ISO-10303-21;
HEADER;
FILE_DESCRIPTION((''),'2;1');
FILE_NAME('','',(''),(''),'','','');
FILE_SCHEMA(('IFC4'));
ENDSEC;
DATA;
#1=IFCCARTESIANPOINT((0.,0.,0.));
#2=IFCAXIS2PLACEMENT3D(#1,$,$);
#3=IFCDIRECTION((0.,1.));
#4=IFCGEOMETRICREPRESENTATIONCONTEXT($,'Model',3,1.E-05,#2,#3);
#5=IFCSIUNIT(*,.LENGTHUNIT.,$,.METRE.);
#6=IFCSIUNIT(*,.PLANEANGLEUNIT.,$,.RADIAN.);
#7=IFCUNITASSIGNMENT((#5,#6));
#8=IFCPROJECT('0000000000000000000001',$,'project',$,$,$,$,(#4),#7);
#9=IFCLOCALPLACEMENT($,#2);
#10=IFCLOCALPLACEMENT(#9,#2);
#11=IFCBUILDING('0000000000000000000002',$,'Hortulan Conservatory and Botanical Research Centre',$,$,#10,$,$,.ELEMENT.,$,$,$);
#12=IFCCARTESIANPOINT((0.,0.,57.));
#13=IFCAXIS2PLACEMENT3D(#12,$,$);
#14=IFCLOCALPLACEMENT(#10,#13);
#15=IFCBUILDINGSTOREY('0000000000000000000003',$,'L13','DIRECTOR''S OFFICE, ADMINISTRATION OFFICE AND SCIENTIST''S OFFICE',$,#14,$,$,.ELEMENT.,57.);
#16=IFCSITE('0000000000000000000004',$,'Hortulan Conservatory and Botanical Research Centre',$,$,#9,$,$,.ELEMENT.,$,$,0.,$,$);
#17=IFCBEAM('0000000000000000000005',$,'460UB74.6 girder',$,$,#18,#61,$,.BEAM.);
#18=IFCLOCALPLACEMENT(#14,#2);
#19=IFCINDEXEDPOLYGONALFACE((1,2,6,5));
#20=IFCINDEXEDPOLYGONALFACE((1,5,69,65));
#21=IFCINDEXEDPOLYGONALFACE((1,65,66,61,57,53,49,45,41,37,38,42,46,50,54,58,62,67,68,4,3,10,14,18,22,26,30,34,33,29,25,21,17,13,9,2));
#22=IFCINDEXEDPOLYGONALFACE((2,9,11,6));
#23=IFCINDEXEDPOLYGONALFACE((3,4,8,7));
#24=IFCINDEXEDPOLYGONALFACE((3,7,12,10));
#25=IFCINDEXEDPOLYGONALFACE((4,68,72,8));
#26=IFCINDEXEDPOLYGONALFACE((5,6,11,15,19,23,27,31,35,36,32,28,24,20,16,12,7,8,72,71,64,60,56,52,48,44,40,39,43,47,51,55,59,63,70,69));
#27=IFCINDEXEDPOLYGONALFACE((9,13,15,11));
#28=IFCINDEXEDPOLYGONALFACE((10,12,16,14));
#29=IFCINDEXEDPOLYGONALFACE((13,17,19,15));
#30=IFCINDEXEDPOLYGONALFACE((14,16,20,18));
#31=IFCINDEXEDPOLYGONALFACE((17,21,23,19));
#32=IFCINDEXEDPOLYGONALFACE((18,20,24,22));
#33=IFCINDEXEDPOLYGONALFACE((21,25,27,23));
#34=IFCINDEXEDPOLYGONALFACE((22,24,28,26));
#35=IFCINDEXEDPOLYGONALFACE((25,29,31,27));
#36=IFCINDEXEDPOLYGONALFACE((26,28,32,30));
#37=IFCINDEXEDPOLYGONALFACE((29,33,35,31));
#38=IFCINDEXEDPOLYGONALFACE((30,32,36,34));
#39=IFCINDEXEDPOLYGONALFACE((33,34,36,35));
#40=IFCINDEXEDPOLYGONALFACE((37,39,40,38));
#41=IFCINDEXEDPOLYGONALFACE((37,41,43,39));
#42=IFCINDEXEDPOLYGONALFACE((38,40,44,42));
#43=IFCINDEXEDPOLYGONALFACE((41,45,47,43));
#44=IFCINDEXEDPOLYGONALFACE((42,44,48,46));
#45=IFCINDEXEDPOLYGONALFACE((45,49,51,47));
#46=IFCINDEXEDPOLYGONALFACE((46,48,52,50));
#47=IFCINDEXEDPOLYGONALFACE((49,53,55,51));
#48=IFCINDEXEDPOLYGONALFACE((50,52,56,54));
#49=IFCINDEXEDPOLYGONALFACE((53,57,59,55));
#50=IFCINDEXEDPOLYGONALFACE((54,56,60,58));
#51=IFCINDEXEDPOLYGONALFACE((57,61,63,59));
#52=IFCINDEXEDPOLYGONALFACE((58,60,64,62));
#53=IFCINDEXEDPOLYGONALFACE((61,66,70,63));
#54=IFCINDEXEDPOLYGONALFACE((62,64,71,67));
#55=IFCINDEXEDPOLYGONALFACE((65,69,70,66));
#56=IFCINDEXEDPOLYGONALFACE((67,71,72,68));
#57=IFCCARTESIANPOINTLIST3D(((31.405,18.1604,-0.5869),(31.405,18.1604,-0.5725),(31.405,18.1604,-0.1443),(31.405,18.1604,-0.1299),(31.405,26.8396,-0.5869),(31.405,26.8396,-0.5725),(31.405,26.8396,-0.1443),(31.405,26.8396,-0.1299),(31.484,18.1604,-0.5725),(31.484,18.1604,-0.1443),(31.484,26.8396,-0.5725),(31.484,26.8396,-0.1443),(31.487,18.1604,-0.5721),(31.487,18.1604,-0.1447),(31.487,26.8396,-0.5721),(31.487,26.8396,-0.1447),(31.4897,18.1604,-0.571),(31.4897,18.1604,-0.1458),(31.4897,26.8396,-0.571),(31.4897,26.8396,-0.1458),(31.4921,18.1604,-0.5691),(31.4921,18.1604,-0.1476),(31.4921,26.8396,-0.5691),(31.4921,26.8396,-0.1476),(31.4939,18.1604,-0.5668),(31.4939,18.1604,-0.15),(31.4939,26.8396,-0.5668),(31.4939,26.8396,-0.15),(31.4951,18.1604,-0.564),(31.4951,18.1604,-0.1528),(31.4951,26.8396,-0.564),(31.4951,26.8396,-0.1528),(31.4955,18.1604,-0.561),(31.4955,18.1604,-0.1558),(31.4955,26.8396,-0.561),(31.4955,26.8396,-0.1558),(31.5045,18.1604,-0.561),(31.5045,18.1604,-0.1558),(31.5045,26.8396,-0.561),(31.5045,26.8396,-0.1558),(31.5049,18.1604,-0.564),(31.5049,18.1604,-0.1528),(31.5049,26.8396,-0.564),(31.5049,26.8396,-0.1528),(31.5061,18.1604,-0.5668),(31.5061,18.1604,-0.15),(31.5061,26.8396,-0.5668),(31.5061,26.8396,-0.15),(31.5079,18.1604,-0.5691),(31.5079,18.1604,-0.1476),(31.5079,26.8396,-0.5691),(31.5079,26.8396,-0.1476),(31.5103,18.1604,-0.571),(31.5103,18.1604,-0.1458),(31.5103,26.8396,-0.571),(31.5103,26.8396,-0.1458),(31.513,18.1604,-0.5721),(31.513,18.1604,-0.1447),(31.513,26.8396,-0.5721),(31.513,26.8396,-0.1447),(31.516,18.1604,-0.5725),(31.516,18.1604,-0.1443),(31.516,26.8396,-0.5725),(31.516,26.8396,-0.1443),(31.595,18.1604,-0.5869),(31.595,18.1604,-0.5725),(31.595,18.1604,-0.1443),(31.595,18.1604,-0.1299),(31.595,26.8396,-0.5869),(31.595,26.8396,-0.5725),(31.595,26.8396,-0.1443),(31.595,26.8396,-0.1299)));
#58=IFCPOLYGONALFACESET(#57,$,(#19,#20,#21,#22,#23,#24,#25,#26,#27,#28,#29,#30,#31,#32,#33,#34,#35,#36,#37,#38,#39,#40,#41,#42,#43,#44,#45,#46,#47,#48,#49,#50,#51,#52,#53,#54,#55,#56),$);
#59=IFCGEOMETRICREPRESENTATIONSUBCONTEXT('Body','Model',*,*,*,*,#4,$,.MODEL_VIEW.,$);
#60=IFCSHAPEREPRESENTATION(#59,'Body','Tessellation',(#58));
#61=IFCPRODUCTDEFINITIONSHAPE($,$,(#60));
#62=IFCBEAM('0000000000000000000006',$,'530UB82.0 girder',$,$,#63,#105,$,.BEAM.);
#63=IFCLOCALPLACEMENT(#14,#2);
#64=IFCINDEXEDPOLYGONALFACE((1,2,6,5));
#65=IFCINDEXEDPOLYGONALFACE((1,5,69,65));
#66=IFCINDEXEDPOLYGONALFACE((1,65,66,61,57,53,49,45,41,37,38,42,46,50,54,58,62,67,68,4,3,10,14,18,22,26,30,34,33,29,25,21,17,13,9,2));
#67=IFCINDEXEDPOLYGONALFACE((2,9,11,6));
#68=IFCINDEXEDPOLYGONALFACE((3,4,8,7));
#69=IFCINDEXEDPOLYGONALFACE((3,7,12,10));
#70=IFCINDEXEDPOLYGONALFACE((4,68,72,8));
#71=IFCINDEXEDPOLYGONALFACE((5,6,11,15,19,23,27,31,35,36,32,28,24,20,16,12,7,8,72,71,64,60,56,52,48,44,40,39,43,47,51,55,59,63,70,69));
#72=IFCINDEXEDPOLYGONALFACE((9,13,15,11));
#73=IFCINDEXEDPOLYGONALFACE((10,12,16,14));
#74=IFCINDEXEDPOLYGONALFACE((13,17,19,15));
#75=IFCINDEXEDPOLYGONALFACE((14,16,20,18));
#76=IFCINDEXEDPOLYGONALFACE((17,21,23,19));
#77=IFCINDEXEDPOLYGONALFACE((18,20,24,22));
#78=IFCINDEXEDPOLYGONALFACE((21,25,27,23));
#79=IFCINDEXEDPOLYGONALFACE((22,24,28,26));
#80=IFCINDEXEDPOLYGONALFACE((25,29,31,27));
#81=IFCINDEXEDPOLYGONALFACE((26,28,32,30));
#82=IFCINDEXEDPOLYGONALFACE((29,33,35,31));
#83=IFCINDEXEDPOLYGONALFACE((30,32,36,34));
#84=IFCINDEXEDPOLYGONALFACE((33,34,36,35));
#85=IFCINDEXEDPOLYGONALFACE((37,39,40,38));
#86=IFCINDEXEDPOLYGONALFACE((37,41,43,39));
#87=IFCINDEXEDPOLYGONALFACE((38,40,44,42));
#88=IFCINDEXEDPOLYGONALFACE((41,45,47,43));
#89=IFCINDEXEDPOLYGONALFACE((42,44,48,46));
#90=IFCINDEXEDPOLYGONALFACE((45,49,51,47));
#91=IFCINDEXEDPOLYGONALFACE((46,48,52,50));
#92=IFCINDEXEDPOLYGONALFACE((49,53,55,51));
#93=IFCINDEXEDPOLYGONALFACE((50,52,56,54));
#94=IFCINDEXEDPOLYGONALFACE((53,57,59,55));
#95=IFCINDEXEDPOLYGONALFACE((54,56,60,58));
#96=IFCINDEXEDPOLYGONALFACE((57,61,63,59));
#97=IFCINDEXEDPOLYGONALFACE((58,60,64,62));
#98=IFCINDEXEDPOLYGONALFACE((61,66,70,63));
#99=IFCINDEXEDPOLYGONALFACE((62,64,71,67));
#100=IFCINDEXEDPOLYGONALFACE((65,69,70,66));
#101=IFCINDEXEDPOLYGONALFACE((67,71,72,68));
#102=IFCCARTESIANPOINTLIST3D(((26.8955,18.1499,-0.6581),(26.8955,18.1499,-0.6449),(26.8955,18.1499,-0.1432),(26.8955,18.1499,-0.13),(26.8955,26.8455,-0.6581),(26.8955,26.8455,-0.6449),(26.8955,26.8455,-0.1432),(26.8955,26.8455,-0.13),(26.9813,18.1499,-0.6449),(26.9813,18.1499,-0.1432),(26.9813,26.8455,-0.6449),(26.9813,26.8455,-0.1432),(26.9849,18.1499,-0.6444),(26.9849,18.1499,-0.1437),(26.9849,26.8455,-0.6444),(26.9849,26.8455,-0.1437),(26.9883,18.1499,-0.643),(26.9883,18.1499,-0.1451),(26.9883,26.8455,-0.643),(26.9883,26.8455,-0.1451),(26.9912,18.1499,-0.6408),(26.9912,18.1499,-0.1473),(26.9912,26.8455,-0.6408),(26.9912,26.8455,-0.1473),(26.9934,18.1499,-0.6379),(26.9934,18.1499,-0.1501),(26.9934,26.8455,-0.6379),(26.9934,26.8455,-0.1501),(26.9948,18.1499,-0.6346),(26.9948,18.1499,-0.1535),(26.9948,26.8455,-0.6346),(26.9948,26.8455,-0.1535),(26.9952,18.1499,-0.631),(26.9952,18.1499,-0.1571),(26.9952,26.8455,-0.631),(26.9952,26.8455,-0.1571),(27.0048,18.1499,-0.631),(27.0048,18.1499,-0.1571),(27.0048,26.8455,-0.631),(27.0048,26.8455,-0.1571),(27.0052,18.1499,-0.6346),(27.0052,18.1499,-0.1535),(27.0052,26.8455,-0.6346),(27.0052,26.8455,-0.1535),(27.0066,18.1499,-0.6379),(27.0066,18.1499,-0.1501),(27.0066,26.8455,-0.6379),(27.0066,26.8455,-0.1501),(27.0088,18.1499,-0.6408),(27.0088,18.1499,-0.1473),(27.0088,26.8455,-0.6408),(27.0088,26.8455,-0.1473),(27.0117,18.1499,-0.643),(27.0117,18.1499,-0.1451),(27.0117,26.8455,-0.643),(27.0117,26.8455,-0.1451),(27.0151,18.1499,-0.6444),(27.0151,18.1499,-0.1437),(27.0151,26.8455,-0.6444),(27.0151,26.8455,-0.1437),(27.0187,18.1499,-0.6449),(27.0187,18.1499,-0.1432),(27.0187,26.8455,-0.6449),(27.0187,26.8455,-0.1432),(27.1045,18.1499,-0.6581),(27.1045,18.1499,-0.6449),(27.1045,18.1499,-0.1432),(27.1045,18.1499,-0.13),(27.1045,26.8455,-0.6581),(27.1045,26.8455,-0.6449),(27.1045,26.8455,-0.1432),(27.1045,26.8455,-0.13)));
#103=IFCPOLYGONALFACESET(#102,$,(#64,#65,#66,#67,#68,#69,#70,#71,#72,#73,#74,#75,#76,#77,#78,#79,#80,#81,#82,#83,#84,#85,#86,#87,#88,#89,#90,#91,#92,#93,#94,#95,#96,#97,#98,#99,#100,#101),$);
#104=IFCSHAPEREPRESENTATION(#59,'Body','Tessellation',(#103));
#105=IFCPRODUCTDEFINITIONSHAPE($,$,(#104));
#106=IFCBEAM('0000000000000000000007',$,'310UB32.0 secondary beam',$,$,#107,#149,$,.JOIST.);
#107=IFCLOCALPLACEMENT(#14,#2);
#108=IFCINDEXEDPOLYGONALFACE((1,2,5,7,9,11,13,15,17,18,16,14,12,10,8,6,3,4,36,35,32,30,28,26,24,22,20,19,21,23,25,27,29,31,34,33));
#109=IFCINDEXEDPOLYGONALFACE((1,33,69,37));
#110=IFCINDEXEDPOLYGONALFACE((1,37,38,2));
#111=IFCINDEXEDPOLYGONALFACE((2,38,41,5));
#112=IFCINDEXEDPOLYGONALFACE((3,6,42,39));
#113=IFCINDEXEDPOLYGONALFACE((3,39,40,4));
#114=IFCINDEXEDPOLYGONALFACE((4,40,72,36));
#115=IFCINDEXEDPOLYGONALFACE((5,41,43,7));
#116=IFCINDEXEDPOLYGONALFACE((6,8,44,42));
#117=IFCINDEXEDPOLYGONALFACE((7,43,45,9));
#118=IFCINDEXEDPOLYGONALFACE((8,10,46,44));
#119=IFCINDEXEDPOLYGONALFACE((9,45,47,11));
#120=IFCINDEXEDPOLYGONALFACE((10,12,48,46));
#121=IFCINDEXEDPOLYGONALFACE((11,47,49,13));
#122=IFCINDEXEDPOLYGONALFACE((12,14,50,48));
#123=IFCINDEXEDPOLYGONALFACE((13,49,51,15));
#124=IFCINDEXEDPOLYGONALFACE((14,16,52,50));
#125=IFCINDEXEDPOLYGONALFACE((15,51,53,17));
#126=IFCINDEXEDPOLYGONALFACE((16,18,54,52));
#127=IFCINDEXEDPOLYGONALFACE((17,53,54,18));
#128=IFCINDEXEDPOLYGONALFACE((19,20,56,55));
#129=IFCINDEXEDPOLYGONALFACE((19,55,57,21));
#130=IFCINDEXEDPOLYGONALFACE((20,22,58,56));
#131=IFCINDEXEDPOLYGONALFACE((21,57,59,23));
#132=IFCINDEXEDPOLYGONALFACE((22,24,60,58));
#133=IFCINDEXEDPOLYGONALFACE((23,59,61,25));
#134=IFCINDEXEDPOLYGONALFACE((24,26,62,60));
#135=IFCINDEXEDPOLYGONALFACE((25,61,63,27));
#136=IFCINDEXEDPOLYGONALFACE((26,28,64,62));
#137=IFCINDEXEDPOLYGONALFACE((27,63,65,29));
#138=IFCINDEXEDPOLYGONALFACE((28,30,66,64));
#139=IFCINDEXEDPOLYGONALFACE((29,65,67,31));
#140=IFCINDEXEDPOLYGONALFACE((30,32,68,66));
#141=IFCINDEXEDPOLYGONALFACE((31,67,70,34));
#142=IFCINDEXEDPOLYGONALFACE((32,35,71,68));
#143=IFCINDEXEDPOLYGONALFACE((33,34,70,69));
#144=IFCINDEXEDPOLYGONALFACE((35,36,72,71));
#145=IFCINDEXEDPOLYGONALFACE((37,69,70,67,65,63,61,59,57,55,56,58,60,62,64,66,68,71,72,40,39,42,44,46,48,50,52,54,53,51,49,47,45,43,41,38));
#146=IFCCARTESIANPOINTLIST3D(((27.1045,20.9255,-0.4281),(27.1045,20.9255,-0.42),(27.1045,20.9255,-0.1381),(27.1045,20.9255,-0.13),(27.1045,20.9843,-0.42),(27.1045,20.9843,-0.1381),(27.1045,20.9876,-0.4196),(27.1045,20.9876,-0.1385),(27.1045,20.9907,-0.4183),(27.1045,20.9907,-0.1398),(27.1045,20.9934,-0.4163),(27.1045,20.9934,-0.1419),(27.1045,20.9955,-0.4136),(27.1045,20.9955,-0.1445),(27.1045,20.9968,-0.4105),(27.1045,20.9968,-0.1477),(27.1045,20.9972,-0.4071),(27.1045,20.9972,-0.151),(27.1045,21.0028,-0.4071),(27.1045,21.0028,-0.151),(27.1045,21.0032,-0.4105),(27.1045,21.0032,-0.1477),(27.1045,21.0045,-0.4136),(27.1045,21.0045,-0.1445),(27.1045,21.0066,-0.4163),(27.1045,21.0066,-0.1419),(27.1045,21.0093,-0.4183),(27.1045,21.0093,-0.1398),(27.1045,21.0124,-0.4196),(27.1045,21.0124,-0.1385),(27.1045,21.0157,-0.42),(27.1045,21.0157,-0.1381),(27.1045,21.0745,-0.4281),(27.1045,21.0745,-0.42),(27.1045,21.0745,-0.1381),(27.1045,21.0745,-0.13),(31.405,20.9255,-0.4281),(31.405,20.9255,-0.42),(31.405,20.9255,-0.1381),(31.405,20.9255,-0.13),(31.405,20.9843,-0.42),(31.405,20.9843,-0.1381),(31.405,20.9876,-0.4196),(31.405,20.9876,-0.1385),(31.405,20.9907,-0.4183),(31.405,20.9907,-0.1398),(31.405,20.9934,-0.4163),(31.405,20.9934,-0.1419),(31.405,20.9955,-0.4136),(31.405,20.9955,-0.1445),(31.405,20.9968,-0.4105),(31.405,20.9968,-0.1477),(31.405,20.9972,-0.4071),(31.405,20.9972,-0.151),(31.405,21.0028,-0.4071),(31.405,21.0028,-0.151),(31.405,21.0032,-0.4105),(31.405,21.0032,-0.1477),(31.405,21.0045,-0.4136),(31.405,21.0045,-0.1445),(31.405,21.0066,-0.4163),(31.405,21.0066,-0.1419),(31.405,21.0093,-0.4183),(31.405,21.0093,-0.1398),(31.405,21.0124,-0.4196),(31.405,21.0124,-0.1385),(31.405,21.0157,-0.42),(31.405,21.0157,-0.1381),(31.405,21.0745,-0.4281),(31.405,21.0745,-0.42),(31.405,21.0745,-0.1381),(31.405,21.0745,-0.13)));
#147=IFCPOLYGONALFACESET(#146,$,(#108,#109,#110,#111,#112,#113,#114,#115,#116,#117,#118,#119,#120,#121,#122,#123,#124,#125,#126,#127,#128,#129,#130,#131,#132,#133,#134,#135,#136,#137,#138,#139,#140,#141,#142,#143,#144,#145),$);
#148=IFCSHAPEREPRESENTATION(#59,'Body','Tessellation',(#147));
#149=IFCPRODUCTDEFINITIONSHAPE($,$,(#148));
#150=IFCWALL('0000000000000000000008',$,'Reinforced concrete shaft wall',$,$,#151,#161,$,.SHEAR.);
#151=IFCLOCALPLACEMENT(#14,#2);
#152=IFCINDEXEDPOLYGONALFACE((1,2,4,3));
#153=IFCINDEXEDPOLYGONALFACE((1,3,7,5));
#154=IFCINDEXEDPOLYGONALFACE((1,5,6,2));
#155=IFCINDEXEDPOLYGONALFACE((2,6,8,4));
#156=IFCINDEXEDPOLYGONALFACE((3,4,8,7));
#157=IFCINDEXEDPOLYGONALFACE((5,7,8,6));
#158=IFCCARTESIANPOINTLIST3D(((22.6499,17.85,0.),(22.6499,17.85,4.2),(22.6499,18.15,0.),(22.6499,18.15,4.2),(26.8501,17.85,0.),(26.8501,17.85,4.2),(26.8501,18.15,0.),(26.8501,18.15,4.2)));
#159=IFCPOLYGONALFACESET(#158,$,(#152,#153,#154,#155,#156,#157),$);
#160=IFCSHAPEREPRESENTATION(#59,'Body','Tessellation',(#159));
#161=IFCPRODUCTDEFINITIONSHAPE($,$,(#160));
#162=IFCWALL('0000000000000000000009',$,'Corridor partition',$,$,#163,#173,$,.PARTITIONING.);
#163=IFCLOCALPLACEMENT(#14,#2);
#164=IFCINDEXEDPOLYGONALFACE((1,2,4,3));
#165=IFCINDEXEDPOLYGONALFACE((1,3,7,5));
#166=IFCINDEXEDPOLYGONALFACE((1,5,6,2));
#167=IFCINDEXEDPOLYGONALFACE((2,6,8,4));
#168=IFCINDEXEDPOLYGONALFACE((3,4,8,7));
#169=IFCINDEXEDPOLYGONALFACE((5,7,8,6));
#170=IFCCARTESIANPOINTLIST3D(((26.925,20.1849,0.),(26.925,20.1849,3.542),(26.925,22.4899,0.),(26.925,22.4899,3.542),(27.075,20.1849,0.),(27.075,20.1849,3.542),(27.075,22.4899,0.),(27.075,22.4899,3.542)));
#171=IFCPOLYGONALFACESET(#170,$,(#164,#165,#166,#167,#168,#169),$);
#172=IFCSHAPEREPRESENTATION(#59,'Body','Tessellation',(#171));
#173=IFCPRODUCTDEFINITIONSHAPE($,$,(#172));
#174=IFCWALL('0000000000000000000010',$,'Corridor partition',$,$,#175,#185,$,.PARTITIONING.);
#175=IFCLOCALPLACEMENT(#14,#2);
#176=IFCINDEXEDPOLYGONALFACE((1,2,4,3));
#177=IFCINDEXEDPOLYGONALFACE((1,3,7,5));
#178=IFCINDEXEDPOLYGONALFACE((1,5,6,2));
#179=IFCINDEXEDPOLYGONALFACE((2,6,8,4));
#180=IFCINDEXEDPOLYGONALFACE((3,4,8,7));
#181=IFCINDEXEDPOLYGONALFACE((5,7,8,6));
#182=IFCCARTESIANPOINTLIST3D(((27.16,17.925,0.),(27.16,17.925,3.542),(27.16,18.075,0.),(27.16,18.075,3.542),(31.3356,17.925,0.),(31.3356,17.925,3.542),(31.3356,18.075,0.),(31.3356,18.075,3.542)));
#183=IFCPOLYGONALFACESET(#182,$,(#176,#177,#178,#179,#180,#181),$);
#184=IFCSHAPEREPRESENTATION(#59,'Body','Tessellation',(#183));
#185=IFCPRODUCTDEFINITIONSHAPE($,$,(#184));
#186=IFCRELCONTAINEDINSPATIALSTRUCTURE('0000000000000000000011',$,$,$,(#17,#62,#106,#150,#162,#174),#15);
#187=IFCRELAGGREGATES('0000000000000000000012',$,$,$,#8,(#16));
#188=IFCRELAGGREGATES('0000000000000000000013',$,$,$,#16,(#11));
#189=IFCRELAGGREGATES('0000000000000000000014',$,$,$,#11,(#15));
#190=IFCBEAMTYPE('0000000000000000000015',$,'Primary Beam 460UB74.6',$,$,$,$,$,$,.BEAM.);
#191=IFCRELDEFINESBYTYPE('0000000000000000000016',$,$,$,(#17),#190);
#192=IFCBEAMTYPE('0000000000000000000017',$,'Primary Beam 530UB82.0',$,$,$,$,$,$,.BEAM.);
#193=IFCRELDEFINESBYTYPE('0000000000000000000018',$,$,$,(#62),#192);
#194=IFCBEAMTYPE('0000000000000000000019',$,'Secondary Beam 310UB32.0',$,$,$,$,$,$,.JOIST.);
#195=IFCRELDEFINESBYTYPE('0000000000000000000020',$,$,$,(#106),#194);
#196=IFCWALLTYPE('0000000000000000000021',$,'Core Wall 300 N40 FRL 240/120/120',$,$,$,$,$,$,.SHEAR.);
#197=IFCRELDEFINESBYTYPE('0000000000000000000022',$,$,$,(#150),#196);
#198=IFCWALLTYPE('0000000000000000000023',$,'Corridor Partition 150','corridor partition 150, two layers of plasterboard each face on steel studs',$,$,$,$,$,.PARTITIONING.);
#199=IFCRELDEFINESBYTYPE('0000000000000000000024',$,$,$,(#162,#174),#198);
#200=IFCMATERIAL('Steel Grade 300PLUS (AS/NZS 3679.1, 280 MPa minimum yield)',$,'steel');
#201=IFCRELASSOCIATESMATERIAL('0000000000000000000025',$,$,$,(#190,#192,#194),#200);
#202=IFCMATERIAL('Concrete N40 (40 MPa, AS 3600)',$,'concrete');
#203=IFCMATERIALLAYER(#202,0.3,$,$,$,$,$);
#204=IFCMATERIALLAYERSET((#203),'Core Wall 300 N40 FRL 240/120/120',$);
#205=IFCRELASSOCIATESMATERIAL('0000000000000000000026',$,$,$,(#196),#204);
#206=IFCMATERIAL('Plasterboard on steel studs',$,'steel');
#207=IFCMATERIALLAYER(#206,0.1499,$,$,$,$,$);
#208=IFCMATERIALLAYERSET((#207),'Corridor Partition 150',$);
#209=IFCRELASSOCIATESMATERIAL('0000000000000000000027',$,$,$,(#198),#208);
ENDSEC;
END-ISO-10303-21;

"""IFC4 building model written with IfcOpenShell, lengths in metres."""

from ifc_helpers import new_model, si_unit, direction, frame, frame_2d, origin, origin_2d, place, context, subcontext, project, spatial, rectangle, i_section, extrude, material, layer, layer_set, material_profile, profile_set, type_object, element, save


model = new_model("IFC4")

# Units and contexts
model_context = context("Model", 3, precision=1e-05, world=origin(), true_north=direction((0.0, 1.0)))
body_context = subcontext(model_context, "Body", "Model", "MODEL_VIEW")
ifc_project = project(units=[si_unit("LENGTHUNIT", "METRE"), si_unit("PLANEANGLEUNIT", "RADIAN")], contexts=[model_context])

# Site, building, storey
site_placement = place(None, origin())
site = spatial("IfcSite", under=ifc_project, at=site_placement, Name="Hortulan Conservatory and Botanical Research Centre", CompositionType="ELEMENT", RefElevation=0.0)
building_placement = place(site_placement, origin())
building = spatial("IfcBuilding", under=site, at=building_placement, Name="Hortulan Conservatory and Botanical Research Centre", CompositionType="ELEMENT")
storey_placement = place(building_placement, frame((0.0, 0.0, 57.0)))
storey = spatial("IfcBuildingStorey", under=building, at=storey_placement, Name="L13", Description="DIRECTOR'S OFFICE, ADMINISTRATION OFFICE AND SCIENTIST'S OFFICE", CompositionType="ELEMENT", Elevation=57.0)

# Shared definitions
ifc_material_1 = material(Name="Steel Grade 300PLUS (AS/NZS 3679.1, 280 MPa minimum yield)", Category="steel")

# Beams
ifc_material_profile_1 = material_profile(ifc_material_1, i_section(OverallWidth=0.1899, OverallDepth=0.457, WebThickness=0.009, FlangeThickness=0.0144, FilletRadius=0.0115, at=origin_2d()), Name="460UB74.6")
ifc_profile_set_1 = profile_set([ifc_material_profile_1], Name="Steel Grade 300PLUS (AS/NZS 3679.1, 280 MPa minimum yield)")
beam_type_1 = type_object("IfcBeamType", Name="Primary Beam 460UB74.6", PredefinedType="BEAM", material=ifc_profile_set_1)
beam_1_placement = place(storey_placement, frame((31.5, 18.1604, -0.3584), z_axis=(0.0, 1.0, 0.0), x_axis=(-1.0, 0.0, 0.0)))
element("IfcBeam", 1, at=beam_1_placement, inside=storey, type_object=beam_type_1, Name="460UB74.6 girder", PredefinedType="BEAM", context=body_context, shape_type="SweptSolid", body=[
    extrude(i_section(OverallWidth=0.1899, OverallDepth=0.457, WebThickness=0.009, FlangeThickness=0.0144, FilletRadius=0.0115, at=origin_2d()), origin(), (0.0, 0.0, 1.0), 8.6792),
])
ifc_material_profile_2 = material_profile(ifc_material_1, i_section(OverallWidth=0.209, OverallDepth=0.5281, WebThickness=0.0095, FlangeThickness=0.0132, FilletRadius=0.0139, at=origin_2d()), Name="530UB82.0")
ifc_profile_set_2 = profile_set([ifc_material_profile_2], Name="Steel Grade 300PLUS (AS/NZS 3679.1, 280 MPa minimum yield)")
beam_type_2 = type_object("IfcBeamType", Name="Primary Beam 530UB82.0", PredefinedType="BEAM", material=ifc_profile_set_2)
beam_2_placement = place(storey_placement, frame((27.0, 18.1499, -0.394), z_axis=(0.0, 1.0, 0.0), x_axis=(-1.0, 0.0, 0.0)))
element("IfcBeam", 2, at=beam_2_placement, inside=storey, type_object=beam_type_2, Name="530UB82.0 girder", PredefinedType="BEAM", context=body_context, shape_type="SweptSolid", body=[
    extrude(i_section(OverallWidth=0.209, OverallDepth=0.5281, WebThickness=0.0095, FlangeThickness=0.0132, FilletRadius=0.0139, at=origin_2d()), origin(), (0.0, 0.0, 1.0), 8.6956),
])
ifc_material_profile_3 = material_profile(ifc_material_1, i_section(OverallWidth=0.1489, OverallDepth=0.2981, WebThickness=0.0056, FlangeThickness=0.0081, FilletRadius=0.0129, at=origin_2d()), Name="310UB32.0")
ifc_profile_set_3 = profile_set([ifc_material_profile_3], Name="Steel Grade 300PLUS (AS/NZS 3679.1, 280 MPa minimum yield)")
beam_type_3 = type_object("IfcBeamType", Name="Secondary Beam 310UB32.0", PredefinedType="JOIST", material=ifc_profile_set_3)
beam_3_placement = place(storey_placement, frame((27.1045, 21.0, -0.2791), z_axis=(1.0, 0.0, 0.0), x_axis=(0.0, 1.0, 0.0)))
element("IfcBeam", 3, at=beam_3_placement, inside=storey, type_object=beam_type_3, Name="310UB32.0 secondary beam", PredefinedType="JOIST", context=body_context, shape_type="SweptSolid", body=[
    extrude(i_section(OverallWidth=0.1489, OverallDepth=0.2981, WebThickness=0.0056, FlangeThickness=0.0081, FilletRadius=0.0129, at=origin_2d()), origin(), (0.0, 0.0, 1.0), 4.3005),
])

# Walls
ifc_material_2 = material(Name="Concrete N40 (40 MPa, AS 3600)", Category="concrete")
ifc_layer_1 = layer(ifc_material_2, 0.3)
ifc_layer_set_1 = layer_set([ifc_layer_1], Name="Core Wall 300 N40 FRL 240/120/120")
wall_type_1 = type_object("IfcWallType", Name="Core Wall 300 N40 FRL 240/120/120", PredefinedType="SHEAR", material=ifc_layer_set_1)
wall_1_placement = place(storey_placement, frame((22.6499, 18.0, 0.0), z_axis=(0.0, 0.0, 1.0), x_axis=(1.0, 0.0, 0.0)))
element("IfcWall", 4, at=wall_1_placement, inside=storey, type_object=wall_type_1, Name="Reinforced concrete shaft wall", PredefinedType="SHEAR", context=body_context, shape_type="SweptSolid", body=[
    extrude(rectangle(XDim=4.2002, YDim=0.3, at=frame_2d((2.1001, 0.0))), origin(), (0.0, 0.0, 1.0), 4.2),
])
ifc_material_3 = material(Name="Plasterboard on steel studs", Category="steel")
ifc_layer_2 = layer(ifc_material_3, 0.1499)
ifc_layer_set_2 = layer_set([ifc_layer_2], Name="Corridor Partition 150")
wall_type_2 = type_object("IfcWallType", Name="Corridor Partition 150", Description="corridor partition 150, two layers of plasterboard each face on steel studs", PredefinedType="PARTITIONING", material=ifc_layer_set_2)
wall_2_placement = place(storey_placement, frame((27.0, 20.1851, 0.0), z_axis=(0.0, 0.0, 1.0), x_axis=(0.0, 1.0, 0.0)))
element("IfcWall", 5, at=wall_2_placement, inside=storey, type_object=wall_type_2, Name="Corridor partition", PredefinedType="PARTITIONING", context=body_context, shape_type="SweptSolid", body=[
    extrude(rectangle(XDim=2.3049, YDim=0.1499, at=frame_2d((1.1523, 0.0))), origin(), (0.0, 0.0, 1.0), 3.542),
])
wall_3_placement = place(storey_placement, frame((27.1599, 18.0, 0.0), z_axis=(0.0, 0.0, 1.0), x_axis=(1.0, 0.0, 0.0)))
element("IfcWall", 6, at=wall_3_placement, inside=storey, type_object=wall_type_2, Name="Corridor partition", PredefinedType="PARTITIONING", context=body_context, shape_type="SweptSolid", body=[
    extrude(rectangle(XDim=4.1755, YDim=0.1499, at=frame_2d((2.0879, 0.0))), origin(), (0.0, 0.0, 1.0), 3.542),
])

save(model, "model.ifc")
